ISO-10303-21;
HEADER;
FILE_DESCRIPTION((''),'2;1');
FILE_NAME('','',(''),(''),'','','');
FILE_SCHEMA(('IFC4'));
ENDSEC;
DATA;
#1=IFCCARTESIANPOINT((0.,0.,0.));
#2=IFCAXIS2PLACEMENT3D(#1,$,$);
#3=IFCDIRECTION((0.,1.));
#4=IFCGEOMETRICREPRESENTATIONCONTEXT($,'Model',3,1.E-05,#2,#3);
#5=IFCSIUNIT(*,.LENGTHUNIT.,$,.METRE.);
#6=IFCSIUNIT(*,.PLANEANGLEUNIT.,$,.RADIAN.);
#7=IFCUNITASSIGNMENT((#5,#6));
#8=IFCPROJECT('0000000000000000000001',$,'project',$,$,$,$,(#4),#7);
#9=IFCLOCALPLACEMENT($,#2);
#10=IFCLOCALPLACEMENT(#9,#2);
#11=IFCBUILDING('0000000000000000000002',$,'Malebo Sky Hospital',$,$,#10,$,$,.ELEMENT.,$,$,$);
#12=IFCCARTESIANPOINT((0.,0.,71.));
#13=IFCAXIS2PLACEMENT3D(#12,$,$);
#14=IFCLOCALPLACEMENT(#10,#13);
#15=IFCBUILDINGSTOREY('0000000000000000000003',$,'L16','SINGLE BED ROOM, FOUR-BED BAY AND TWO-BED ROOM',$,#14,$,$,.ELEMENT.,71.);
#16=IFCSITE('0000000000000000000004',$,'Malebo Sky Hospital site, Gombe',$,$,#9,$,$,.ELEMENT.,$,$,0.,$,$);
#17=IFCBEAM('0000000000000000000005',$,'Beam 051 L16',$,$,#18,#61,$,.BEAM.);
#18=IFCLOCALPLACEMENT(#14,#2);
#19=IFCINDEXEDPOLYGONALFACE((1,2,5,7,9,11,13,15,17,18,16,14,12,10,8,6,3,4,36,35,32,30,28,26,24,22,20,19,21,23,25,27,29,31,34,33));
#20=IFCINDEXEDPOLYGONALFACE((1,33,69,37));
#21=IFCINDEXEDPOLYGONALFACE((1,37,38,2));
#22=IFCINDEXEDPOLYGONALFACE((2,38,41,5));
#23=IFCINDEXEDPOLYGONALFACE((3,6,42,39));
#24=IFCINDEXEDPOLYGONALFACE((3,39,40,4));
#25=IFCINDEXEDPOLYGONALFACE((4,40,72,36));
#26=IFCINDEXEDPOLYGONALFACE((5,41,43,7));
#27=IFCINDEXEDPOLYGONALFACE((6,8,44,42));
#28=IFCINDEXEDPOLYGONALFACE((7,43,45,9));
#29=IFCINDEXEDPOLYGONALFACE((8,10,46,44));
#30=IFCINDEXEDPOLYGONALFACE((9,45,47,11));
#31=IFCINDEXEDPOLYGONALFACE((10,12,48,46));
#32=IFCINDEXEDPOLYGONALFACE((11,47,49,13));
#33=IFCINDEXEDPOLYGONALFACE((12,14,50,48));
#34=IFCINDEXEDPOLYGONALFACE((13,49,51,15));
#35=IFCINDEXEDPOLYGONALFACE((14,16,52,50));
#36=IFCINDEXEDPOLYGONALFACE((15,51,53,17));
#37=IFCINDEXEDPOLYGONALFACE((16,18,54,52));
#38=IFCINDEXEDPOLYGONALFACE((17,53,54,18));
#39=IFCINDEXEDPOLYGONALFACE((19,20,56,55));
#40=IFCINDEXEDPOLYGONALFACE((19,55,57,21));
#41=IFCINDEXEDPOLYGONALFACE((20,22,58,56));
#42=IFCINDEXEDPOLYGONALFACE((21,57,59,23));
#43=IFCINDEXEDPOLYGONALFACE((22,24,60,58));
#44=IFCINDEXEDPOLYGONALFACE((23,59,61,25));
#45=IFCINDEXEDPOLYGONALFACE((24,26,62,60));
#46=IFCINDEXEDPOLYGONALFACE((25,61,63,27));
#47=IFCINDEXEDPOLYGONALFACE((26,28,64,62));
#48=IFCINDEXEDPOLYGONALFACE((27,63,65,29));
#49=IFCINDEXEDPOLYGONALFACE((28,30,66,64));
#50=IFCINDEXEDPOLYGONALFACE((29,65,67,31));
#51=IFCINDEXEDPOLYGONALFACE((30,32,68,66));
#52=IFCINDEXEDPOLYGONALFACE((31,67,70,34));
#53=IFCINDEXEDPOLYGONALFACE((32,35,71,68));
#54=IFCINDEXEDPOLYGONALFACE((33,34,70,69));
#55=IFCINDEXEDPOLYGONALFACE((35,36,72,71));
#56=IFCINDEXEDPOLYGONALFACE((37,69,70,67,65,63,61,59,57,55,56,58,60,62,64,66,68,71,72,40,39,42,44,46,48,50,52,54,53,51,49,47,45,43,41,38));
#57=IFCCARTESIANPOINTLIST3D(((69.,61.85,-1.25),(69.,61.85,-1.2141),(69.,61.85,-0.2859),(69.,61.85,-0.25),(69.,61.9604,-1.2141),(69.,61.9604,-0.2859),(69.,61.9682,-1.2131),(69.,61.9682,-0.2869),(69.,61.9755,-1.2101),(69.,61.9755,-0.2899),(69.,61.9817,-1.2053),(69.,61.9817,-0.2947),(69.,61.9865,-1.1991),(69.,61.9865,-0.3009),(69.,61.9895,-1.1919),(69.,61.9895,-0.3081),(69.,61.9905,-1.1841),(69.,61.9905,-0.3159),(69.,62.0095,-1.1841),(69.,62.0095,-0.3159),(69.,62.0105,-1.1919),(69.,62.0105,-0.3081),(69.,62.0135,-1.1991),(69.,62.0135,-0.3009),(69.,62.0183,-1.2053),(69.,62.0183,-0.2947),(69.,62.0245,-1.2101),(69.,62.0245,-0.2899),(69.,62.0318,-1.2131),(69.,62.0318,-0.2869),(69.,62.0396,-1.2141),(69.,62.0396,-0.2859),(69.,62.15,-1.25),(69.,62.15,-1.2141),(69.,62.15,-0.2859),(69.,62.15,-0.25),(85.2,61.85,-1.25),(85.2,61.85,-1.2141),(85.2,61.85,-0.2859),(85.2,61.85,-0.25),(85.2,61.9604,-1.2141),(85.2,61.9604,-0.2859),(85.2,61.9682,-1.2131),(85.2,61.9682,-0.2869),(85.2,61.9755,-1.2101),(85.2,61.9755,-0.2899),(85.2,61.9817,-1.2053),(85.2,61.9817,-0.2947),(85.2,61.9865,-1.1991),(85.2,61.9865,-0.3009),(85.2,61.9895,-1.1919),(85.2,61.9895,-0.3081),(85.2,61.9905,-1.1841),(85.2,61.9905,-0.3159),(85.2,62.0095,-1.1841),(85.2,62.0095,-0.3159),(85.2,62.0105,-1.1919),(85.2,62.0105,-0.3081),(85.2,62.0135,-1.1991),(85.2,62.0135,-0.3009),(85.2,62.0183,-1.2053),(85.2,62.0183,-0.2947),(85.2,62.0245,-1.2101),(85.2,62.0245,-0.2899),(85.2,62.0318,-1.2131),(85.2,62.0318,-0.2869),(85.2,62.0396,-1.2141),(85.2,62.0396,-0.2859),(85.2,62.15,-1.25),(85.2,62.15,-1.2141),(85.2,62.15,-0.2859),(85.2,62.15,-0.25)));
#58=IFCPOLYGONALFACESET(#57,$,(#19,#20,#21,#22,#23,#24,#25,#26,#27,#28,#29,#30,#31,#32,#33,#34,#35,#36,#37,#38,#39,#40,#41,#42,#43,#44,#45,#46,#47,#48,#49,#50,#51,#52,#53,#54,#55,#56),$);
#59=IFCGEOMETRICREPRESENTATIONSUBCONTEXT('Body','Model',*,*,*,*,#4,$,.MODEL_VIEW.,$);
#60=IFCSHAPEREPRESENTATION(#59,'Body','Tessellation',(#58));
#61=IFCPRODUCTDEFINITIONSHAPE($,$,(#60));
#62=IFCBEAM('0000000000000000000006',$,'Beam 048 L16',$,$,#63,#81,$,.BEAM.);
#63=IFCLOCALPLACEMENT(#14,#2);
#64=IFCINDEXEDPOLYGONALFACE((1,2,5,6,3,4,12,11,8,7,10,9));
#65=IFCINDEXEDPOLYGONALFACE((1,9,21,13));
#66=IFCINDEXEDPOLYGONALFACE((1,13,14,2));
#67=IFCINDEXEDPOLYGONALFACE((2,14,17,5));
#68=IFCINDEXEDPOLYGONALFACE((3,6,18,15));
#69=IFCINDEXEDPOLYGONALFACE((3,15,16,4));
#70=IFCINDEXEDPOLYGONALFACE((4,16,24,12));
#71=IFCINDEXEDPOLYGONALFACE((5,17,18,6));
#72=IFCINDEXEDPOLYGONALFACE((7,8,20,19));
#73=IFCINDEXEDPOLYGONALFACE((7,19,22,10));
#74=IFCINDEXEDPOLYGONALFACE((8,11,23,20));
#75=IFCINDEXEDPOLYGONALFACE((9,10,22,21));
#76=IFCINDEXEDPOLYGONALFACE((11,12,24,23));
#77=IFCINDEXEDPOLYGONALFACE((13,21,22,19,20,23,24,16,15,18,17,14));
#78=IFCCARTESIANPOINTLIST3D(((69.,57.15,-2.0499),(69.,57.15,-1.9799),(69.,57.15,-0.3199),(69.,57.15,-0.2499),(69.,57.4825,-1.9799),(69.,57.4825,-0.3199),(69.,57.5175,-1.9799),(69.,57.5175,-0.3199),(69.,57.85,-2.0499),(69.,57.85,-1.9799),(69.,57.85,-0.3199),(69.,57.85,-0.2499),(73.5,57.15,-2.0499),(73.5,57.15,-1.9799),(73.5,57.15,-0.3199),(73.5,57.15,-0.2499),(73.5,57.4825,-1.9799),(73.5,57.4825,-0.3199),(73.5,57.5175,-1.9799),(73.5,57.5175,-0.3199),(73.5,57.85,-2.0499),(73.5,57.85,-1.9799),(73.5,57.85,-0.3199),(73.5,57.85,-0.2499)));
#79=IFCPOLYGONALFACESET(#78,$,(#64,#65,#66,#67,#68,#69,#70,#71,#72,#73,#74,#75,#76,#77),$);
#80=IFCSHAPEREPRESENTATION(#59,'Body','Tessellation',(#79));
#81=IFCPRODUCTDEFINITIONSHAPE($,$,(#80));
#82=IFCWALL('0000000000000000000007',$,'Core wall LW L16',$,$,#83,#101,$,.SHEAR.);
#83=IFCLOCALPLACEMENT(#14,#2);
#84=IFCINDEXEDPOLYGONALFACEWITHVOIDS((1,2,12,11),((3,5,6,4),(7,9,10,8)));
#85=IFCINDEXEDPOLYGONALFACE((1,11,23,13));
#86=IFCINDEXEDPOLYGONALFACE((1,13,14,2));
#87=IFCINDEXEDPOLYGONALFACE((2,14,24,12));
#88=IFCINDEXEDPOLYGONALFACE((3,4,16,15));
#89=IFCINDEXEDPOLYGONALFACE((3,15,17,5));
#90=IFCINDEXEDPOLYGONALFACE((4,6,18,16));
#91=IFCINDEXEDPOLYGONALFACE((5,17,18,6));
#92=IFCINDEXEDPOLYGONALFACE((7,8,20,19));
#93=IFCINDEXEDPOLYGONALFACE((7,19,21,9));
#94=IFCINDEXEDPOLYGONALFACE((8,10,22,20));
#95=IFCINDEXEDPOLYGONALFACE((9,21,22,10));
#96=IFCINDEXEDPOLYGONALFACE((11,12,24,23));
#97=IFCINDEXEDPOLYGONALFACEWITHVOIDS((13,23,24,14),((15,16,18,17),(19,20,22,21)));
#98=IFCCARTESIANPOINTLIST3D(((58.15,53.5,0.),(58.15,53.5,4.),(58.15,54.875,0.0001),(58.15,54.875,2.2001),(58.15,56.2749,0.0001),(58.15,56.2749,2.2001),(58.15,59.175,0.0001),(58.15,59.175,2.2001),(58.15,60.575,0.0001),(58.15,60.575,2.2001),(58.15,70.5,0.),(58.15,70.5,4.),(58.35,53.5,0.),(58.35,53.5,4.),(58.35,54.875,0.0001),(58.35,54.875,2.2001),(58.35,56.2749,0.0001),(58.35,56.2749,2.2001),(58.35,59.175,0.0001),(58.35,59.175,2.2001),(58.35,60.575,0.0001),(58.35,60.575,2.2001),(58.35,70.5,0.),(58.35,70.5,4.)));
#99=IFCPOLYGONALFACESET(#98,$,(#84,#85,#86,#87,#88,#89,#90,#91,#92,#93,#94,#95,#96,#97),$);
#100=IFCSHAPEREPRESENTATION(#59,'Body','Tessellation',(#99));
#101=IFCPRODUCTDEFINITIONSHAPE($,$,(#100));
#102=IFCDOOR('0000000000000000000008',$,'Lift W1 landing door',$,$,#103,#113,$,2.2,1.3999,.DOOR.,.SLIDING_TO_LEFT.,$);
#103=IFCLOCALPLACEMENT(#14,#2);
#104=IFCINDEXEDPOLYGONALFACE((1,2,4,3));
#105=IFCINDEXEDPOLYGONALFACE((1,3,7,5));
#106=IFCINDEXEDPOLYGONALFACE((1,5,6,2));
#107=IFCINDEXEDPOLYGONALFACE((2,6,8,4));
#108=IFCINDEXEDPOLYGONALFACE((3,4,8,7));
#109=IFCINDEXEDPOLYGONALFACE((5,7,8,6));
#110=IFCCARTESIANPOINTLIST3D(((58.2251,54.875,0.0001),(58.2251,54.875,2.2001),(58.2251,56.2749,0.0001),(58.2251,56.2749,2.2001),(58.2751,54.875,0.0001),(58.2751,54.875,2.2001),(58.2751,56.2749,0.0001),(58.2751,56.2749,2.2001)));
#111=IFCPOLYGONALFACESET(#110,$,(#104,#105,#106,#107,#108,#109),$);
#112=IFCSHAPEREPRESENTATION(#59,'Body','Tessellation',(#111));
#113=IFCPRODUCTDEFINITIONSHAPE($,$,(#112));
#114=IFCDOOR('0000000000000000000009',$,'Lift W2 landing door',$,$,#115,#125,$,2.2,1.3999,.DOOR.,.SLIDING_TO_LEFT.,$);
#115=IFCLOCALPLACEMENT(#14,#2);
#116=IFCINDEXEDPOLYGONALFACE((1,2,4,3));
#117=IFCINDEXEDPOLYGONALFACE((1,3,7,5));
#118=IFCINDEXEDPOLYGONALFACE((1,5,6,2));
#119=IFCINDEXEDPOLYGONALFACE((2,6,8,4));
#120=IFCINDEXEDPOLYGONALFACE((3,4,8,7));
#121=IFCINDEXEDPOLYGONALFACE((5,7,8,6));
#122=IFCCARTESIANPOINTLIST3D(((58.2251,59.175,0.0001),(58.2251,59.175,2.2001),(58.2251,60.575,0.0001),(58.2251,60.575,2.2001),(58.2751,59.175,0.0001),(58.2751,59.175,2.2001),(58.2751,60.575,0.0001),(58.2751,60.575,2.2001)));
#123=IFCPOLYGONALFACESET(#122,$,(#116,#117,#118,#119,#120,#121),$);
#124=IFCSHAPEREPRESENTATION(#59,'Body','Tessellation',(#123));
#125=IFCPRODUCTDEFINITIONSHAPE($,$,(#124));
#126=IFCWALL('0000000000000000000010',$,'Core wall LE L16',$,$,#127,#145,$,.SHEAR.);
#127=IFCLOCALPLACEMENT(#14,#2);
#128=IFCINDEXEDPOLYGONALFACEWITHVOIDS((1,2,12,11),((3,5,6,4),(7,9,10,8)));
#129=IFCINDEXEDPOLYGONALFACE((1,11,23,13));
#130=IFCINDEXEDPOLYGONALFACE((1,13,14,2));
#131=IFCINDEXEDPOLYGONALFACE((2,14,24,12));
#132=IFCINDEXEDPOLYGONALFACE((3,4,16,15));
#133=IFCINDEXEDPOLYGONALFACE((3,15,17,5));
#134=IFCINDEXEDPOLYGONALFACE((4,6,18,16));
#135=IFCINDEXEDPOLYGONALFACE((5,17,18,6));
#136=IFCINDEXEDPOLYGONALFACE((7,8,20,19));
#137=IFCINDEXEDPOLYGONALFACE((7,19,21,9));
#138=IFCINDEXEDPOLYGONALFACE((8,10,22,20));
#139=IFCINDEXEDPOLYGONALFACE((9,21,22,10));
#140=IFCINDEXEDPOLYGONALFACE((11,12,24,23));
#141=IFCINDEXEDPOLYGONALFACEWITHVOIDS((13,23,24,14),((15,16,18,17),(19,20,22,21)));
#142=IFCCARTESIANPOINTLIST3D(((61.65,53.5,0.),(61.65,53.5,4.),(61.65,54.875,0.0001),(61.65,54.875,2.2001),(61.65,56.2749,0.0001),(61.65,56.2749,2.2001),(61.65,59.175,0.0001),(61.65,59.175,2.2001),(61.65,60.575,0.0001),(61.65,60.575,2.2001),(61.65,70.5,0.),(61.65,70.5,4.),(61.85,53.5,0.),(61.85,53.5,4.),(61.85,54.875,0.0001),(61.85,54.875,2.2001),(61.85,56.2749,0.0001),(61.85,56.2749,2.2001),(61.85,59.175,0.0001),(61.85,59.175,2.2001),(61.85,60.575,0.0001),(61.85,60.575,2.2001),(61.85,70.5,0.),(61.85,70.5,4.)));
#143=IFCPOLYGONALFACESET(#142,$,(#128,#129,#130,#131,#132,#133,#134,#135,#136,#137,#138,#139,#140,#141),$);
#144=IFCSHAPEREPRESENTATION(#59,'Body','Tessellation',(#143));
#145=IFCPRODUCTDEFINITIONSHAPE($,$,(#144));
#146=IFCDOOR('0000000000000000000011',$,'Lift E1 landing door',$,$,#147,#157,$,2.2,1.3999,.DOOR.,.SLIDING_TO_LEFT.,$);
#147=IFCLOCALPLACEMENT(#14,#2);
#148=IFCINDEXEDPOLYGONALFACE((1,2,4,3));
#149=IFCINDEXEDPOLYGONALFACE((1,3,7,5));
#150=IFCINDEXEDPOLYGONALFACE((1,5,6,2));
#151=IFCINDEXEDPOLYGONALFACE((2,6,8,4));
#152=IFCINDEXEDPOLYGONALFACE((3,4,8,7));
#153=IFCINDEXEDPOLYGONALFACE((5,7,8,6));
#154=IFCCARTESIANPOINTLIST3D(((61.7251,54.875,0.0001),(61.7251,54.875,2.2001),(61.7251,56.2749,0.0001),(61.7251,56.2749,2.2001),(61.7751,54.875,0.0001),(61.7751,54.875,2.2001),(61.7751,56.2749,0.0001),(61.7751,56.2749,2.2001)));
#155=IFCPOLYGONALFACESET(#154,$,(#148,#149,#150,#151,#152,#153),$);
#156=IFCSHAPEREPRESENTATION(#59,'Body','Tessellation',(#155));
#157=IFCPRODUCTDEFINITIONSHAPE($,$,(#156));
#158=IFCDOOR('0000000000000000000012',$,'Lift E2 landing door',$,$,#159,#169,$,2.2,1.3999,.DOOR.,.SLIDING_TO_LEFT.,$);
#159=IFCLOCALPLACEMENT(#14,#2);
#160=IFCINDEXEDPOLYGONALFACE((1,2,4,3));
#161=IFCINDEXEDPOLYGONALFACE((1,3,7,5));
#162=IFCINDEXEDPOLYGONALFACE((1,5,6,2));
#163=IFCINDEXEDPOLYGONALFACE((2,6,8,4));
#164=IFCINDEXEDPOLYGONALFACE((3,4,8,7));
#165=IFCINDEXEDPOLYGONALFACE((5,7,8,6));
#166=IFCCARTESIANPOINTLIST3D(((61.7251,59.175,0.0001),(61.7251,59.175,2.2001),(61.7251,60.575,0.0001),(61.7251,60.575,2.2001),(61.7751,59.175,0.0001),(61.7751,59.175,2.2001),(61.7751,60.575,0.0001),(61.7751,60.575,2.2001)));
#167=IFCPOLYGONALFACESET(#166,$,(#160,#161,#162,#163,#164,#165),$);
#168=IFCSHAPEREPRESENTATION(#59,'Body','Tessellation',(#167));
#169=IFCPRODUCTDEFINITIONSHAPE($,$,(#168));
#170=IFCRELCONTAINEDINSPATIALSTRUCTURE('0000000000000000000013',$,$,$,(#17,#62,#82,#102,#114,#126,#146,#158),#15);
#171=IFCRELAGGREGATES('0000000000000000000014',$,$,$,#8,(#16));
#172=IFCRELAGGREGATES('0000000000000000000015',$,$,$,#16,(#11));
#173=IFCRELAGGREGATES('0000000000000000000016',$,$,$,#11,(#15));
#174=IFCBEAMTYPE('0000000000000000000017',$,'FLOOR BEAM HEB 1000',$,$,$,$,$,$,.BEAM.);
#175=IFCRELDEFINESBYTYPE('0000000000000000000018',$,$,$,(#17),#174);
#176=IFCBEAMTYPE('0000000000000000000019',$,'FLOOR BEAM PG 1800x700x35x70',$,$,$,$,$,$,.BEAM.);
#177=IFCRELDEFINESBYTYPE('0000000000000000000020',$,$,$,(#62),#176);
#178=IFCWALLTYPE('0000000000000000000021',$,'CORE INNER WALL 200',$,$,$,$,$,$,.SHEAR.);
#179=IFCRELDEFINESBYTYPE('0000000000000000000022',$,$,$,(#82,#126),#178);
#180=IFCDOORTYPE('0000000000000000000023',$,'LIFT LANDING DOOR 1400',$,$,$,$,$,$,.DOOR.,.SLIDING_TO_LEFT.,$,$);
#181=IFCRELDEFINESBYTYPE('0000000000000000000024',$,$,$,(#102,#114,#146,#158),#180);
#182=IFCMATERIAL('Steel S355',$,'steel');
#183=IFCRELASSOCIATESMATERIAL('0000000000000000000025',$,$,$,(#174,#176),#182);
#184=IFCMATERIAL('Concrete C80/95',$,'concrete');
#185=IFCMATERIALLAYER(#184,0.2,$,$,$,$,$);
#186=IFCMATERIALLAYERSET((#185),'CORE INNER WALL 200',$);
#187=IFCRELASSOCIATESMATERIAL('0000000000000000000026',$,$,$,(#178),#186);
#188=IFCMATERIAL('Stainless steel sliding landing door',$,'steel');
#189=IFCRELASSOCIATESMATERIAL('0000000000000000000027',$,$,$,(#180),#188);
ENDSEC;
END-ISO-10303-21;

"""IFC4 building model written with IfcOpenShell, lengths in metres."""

from ifc_helpers import new_model, si_unit, direction, frame, frame_2d, origin, origin_2d, place, context, subcontext, project, spatial, rectangle, i_section, extrude, material, layer, layer_set, material_profile, profile_set, type_object, element, fill, save


model = new_model("IFC4")

# Units and contexts
model_context = context("Model", 3, precision=1e-05, world=origin(), true_north=direction((0.0, 1.0)))
body_context = subcontext(model_context, "Body", "Model", "MODEL_VIEW")
ifc_project = project(units=[si_unit("LENGTHUNIT", "METRE"), si_unit("PLANEANGLEUNIT", "RADIAN")], contexts=[model_context])

# Site, building, storey
site_placement = place(None, origin())
site = spatial("IfcSite", under=ifc_project, at=site_placement, Name="Malebo Sky Hospital site, Gombe", CompositionType="ELEMENT", RefElevation=0.0)
building_placement = place(site_placement, origin())
building = spatial("IfcBuilding", under=site, at=building_placement, Name="Malebo Sky Hospital", CompositionType="ELEMENT")
storey_placement = place(building_placement, frame((0.0, 0.0, 71.0)))
storey = spatial("IfcBuildingStorey", under=building, at=storey_placement, Name="L16", Description="SINGLE BED ROOM, FOUR-BED BAY AND TWO-BED ROOM", CompositionType="ELEMENT", Elevation=71.0)

# Beams
ifc_material_1 = material(Name="Steel S355", Category="steel")
ifc_material_profile_1 = material_profile(ifc_material_1, i_section(OverallWidth=0.3, OverallDepth=1.0, WebThickness=0.019, FlangeThickness=0.0359, FilletRadius=0.03, at=origin_2d()), Name="HEB 1000")
ifc_profile_set_1 = profile_set([ifc_material_profile_1], Name="Steel S355")
beam_type_1 = type_object("IfcBeamType", Name="FLOOR BEAM HEB 1000", PredefinedType="BEAM", material=ifc_profile_set_1)
beam_1_placement = place(storey_placement, frame((69.0, 62.0, -0.75), z_axis=(1.0, 0.0, 0.0), x_axis=(0.0, 1.0, 0.0)))
element("IfcBeam", 1, at=beam_1_placement, inside=storey, type_object=beam_type_1, Name="Beam 051 L16", PredefinedType="BEAM", context=body_context, shape_type="SweptSolid", body=[
    extrude(i_section(OverallWidth=0.3, OverallDepth=1.0, WebThickness=0.019, FlangeThickness=0.0359, FilletRadius=0.03, at=origin_2d()), origin(), (0.0, 0.0, 1.0), 16.2),
])
ifc_material_profile_2 = material_profile(ifc_material_1, i_section(OverallWidth=0.7, OverallDepth=1.8, WebThickness=0.0349, FlangeThickness=0.0701, at=origin_2d()), Name="PG 1800x700x35x70")
ifc_profile_set_2 = profile_set([ifc_material_profile_2], Name="Steel S355")
beam_type_2 = type_object("IfcBeamType", Name="FLOOR BEAM PG 1800x700x35x70", PredefinedType="BEAM", material=ifc_profile_set_2)
beam_2_placement = place(storey_placement, frame((69.0, 57.5, -1.1499), z_axis=(1.0, 0.0, 0.0), x_axis=(0.0, 1.0, 0.0)))
element("IfcBeam", 2, at=beam_2_placement, inside=storey, type_object=beam_type_2, Name="Beam 048 L16", PredefinedType="BEAM", context=body_context, shape_type="SweptSolid", body=[
    extrude(i_section(OverallWidth=0.7, OverallDepth=1.8, WebThickness=0.0349, FlangeThickness=0.0701, at=origin_2d()), origin(), (0.0, 0.0, 1.0), 4.5),
])

# Walls, openings, doors
ifc_material_2 = material(Name="Concrete C80/95", Category="concrete")
ifc_layer_1 = layer(ifc_material_2, 0.2)
ifc_layer_set_1 = layer_set([ifc_layer_1], Name="CORE INNER WALL 200")
wall_type_1 = type_object("IfcWallType", Name="CORE INNER WALL 200", PredefinedType="SHEAR", material=ifc_layer_set_1)
wall_1_placement = place(storey_placement, frame((58.25, 53.5, 0.0), z_axis=(0.0, 0.0, 1.0), x_axis=(0.0, 1.0, 0.0)))
wall_1 = element("IfcWall", 3, at=wall_1_placement, inside=storey, type_object=wall_type_1, Name="Core wall LW L16", PredefinedType="SHEAR", context=body_context, shape_type="SweptSolid", body=[
    extrude(rectangle(XDim=17.0, YDim=0.2, at=frame_2d((8.5, 0.0))), origin(), (0.0, 0.0, 1.0), 4.0),
])
opening_1_placement = place(wall_1_placement, frame((1.375, 0.0, 0.0)))
opening_1 = element("IfcOpeningElement", 4, at=opening_1_placement, cuts=wall_1, PredefinedType="OPENING", context=body_context, shape_type="SweptSolid", body=[
    extrude(rectangle(XDim=1.3999, YDim=2.2, at=frame_2d((0.7, 1.1001))), frame((0.0, 0.1099, 0.0), z_axis=(0.0, -1.0, 0.0), x_axis=(1.0, 0.0, 0.0)), (0.0, 0.0, 1.0), 0.22),
])
opening_2_placement = place(wall_1_placement, frame((5.675, 0.0, 0.0)))
opening_2 = element("IfcOpeningElement", 5, at=opening_2_placement, cuts=wall_1, PredefinedType="OPENING", context=body_context, shape_type="SweptSolid", body=[
    extrude(rectangle(XDim=1.3999, YDim=2.2, at=frame_2d((0.7, 1.1001))), frame((0.0, 0.1099, 0.0), z_axis=(0.0, -1.0, 0.0), x_axis=(1.0, 0.0, 0.0)), (0.0, 0.0, 1.0), 0.22),
])
ifc_material_3 = material(Name="Stainless steel sliding landing door", Category="steel")
door_type_1 = type_object("IfcDoorType", Name="LIFT LANDING DOOR 1400", OperationType="SLIDING_TO_LEFT", PredefinedType="DOOR", material=ifc_material_3)
door_1_placement = place(opening_1_placement, origin())
door_1 = element("IfcDoor", 6, at=door_1_placement, inside=storey, type_object=door_type_1, Name="Lift W1 landing door", OperationType="SLIDING_TO_LEFT", OverallHeight=2.2, OverallWidth=1.3999, PredefinedType="DOOR", context=body_context, shape_type="SweptSolid", body=[
    extrude(rectangle(XDim=1.3999, YDim=2.2, at=frame_2d((0.7, 1.1001))), frame((0.0, 0.0249, 0.0), z_axis=(0.0, -1.0, 0.0), x_axis=(1.0, 0.0, 0.0)), (0.0, 0.0, 1.0), 0.05),
])
fill(opening_1, door_1)
door_2_placement = place(opening_2_placement, origin())
door_2 = element("IfcDoor", 7, at=door_2_placement, inside=storey, type_object=door_type_1, Name="Lift W2 landing door", OperationType="SLIDING_TO_LEFT", OverallHeight=2.2, OverallWidth=1.3999, PredefinedType="DOOR", context=body_context, shape_type="SweptSolid", body=[
    extrude(rectangle(XDim=1.3999, YDim=2.2, at=frame_2d((0.7, 1.1001))), frame((0.0, 0.0249, 0.0), z_axis=(0.0, -1.0, 0.0), x_axis=(1.0, 0.0, 0.0)), (0.0, 0.0, 1.0), 0.05),
])
fill(opening_2, door_2)
wall_2_placement = place(storey_placement, frame((61.75, 53.5, 0.0), z_axis=(0.0, 0.0, 1.0), x_axis=(0.0, 1.0, 0.0)))
wall_2 = element("IfcWall", 8, at=wall_2_placement, inside=storey, type_object=wall_type_1, Name="Core wall LE L16", PredefinedType="SHEAR", context=body_context, shape_type="SweptSolid", body=[
    extrude(rectangle(XDim=17.0, YDim=0.2, at=frame_2d((8.5, 0.0))), origin(), (0.0, 0.0, 1.0), 4.0),
])
opening_3_placement = place(wall_2_placement, frame((1.375, 0.0, 0.0)))
opening_3 = element("IfcOpeningElement", 9, at=opening_3_placement, cuts=wall_2, PredefinedType="OPENING", context=body_context, shape_type="SweptSolid", body=[
    extrude(rectangle(XDim=1.3999, YDim=2.2, at=frame_2d((0.7, 1.1001))), frame((0.0, 0.1099, 0.0), z_axis=(0.0, -1.0, 0.0), x_axis=(1.0, 0.0, 0.0)), (0.0, 0.0, 1.0), 0.22),
])
opening_4_placement = place(wall_2_placement, frame((5.675, 0.0, 0.0)))
opening_4 = element("IfcOpeningElement", 10, at=opening_4_placement, cuts=wall_2, PredefinedType="OPENING", context=body_context, shape_type="SweptSolid", body=[
    extrude(rectangle(XDim=1.3999, YDim=2.2, at=frame_2d((0.7, 1.1001))), frame((0.0, 0.1099, 0.0), z_axis=(0.0, -1.0, 0.0), x_axis=(1.0, 0.0, 0.0)), (0.0, 0.0, 1.0), 0.22),
])
door_3_placement = place(opening_3_placement, origin())
door_3 = element("IfcDoor", 11, at=door_3_placement, inside=storey, type_object=door_type_1, Name="Lift E1 landing door", OperationType="SLIDING_TO_LEFT", OverallHeight=2.2, OverallWidth=1.3999, PredefinedType="DOOR", context=body_context, shape_type="SweptSolid", body=[
    extrude(rectangle(XDim=1.3999, YDim=2.2, at=frame_2d((0.7, 1.1001))), frame((0.0, 0.0249, 0.0), z_axis=(0.0, -1.0, 0.0), x_axis=(1.0, 0.0, 0.0)), (0.0, 0.0, 1.0), 0.05),
])
fill(opening_3, door_3)
door_4_placement = place(opening_4_placement, origin())
door_4 = element("IfcDoor", 12, at=door_4_placement, inside=storey, type_object=door_type_1, Name="Lift E2 landing door", OperationType="SLIDING_TO_LEFT", OverallHeight=2.2, OverallWidth=1.3999, PredefinedType="DOOR", context=body_context, shape_type="SweptSolid", body=[
    extrude(rectangle(XDim=1.3999, YDim=2.2, at=frame_2d((0.7, 1.1001))), frame((0.0, 0.0249, 0.0), z_axis=(0.0, -1.0, 0.0), x_axis=(1.0, 0.0, 0.0)), (0.0, 0.0, 1.0), 0.05),
])
fill(opening_4, door_4)

save(model, "model.ifc")
